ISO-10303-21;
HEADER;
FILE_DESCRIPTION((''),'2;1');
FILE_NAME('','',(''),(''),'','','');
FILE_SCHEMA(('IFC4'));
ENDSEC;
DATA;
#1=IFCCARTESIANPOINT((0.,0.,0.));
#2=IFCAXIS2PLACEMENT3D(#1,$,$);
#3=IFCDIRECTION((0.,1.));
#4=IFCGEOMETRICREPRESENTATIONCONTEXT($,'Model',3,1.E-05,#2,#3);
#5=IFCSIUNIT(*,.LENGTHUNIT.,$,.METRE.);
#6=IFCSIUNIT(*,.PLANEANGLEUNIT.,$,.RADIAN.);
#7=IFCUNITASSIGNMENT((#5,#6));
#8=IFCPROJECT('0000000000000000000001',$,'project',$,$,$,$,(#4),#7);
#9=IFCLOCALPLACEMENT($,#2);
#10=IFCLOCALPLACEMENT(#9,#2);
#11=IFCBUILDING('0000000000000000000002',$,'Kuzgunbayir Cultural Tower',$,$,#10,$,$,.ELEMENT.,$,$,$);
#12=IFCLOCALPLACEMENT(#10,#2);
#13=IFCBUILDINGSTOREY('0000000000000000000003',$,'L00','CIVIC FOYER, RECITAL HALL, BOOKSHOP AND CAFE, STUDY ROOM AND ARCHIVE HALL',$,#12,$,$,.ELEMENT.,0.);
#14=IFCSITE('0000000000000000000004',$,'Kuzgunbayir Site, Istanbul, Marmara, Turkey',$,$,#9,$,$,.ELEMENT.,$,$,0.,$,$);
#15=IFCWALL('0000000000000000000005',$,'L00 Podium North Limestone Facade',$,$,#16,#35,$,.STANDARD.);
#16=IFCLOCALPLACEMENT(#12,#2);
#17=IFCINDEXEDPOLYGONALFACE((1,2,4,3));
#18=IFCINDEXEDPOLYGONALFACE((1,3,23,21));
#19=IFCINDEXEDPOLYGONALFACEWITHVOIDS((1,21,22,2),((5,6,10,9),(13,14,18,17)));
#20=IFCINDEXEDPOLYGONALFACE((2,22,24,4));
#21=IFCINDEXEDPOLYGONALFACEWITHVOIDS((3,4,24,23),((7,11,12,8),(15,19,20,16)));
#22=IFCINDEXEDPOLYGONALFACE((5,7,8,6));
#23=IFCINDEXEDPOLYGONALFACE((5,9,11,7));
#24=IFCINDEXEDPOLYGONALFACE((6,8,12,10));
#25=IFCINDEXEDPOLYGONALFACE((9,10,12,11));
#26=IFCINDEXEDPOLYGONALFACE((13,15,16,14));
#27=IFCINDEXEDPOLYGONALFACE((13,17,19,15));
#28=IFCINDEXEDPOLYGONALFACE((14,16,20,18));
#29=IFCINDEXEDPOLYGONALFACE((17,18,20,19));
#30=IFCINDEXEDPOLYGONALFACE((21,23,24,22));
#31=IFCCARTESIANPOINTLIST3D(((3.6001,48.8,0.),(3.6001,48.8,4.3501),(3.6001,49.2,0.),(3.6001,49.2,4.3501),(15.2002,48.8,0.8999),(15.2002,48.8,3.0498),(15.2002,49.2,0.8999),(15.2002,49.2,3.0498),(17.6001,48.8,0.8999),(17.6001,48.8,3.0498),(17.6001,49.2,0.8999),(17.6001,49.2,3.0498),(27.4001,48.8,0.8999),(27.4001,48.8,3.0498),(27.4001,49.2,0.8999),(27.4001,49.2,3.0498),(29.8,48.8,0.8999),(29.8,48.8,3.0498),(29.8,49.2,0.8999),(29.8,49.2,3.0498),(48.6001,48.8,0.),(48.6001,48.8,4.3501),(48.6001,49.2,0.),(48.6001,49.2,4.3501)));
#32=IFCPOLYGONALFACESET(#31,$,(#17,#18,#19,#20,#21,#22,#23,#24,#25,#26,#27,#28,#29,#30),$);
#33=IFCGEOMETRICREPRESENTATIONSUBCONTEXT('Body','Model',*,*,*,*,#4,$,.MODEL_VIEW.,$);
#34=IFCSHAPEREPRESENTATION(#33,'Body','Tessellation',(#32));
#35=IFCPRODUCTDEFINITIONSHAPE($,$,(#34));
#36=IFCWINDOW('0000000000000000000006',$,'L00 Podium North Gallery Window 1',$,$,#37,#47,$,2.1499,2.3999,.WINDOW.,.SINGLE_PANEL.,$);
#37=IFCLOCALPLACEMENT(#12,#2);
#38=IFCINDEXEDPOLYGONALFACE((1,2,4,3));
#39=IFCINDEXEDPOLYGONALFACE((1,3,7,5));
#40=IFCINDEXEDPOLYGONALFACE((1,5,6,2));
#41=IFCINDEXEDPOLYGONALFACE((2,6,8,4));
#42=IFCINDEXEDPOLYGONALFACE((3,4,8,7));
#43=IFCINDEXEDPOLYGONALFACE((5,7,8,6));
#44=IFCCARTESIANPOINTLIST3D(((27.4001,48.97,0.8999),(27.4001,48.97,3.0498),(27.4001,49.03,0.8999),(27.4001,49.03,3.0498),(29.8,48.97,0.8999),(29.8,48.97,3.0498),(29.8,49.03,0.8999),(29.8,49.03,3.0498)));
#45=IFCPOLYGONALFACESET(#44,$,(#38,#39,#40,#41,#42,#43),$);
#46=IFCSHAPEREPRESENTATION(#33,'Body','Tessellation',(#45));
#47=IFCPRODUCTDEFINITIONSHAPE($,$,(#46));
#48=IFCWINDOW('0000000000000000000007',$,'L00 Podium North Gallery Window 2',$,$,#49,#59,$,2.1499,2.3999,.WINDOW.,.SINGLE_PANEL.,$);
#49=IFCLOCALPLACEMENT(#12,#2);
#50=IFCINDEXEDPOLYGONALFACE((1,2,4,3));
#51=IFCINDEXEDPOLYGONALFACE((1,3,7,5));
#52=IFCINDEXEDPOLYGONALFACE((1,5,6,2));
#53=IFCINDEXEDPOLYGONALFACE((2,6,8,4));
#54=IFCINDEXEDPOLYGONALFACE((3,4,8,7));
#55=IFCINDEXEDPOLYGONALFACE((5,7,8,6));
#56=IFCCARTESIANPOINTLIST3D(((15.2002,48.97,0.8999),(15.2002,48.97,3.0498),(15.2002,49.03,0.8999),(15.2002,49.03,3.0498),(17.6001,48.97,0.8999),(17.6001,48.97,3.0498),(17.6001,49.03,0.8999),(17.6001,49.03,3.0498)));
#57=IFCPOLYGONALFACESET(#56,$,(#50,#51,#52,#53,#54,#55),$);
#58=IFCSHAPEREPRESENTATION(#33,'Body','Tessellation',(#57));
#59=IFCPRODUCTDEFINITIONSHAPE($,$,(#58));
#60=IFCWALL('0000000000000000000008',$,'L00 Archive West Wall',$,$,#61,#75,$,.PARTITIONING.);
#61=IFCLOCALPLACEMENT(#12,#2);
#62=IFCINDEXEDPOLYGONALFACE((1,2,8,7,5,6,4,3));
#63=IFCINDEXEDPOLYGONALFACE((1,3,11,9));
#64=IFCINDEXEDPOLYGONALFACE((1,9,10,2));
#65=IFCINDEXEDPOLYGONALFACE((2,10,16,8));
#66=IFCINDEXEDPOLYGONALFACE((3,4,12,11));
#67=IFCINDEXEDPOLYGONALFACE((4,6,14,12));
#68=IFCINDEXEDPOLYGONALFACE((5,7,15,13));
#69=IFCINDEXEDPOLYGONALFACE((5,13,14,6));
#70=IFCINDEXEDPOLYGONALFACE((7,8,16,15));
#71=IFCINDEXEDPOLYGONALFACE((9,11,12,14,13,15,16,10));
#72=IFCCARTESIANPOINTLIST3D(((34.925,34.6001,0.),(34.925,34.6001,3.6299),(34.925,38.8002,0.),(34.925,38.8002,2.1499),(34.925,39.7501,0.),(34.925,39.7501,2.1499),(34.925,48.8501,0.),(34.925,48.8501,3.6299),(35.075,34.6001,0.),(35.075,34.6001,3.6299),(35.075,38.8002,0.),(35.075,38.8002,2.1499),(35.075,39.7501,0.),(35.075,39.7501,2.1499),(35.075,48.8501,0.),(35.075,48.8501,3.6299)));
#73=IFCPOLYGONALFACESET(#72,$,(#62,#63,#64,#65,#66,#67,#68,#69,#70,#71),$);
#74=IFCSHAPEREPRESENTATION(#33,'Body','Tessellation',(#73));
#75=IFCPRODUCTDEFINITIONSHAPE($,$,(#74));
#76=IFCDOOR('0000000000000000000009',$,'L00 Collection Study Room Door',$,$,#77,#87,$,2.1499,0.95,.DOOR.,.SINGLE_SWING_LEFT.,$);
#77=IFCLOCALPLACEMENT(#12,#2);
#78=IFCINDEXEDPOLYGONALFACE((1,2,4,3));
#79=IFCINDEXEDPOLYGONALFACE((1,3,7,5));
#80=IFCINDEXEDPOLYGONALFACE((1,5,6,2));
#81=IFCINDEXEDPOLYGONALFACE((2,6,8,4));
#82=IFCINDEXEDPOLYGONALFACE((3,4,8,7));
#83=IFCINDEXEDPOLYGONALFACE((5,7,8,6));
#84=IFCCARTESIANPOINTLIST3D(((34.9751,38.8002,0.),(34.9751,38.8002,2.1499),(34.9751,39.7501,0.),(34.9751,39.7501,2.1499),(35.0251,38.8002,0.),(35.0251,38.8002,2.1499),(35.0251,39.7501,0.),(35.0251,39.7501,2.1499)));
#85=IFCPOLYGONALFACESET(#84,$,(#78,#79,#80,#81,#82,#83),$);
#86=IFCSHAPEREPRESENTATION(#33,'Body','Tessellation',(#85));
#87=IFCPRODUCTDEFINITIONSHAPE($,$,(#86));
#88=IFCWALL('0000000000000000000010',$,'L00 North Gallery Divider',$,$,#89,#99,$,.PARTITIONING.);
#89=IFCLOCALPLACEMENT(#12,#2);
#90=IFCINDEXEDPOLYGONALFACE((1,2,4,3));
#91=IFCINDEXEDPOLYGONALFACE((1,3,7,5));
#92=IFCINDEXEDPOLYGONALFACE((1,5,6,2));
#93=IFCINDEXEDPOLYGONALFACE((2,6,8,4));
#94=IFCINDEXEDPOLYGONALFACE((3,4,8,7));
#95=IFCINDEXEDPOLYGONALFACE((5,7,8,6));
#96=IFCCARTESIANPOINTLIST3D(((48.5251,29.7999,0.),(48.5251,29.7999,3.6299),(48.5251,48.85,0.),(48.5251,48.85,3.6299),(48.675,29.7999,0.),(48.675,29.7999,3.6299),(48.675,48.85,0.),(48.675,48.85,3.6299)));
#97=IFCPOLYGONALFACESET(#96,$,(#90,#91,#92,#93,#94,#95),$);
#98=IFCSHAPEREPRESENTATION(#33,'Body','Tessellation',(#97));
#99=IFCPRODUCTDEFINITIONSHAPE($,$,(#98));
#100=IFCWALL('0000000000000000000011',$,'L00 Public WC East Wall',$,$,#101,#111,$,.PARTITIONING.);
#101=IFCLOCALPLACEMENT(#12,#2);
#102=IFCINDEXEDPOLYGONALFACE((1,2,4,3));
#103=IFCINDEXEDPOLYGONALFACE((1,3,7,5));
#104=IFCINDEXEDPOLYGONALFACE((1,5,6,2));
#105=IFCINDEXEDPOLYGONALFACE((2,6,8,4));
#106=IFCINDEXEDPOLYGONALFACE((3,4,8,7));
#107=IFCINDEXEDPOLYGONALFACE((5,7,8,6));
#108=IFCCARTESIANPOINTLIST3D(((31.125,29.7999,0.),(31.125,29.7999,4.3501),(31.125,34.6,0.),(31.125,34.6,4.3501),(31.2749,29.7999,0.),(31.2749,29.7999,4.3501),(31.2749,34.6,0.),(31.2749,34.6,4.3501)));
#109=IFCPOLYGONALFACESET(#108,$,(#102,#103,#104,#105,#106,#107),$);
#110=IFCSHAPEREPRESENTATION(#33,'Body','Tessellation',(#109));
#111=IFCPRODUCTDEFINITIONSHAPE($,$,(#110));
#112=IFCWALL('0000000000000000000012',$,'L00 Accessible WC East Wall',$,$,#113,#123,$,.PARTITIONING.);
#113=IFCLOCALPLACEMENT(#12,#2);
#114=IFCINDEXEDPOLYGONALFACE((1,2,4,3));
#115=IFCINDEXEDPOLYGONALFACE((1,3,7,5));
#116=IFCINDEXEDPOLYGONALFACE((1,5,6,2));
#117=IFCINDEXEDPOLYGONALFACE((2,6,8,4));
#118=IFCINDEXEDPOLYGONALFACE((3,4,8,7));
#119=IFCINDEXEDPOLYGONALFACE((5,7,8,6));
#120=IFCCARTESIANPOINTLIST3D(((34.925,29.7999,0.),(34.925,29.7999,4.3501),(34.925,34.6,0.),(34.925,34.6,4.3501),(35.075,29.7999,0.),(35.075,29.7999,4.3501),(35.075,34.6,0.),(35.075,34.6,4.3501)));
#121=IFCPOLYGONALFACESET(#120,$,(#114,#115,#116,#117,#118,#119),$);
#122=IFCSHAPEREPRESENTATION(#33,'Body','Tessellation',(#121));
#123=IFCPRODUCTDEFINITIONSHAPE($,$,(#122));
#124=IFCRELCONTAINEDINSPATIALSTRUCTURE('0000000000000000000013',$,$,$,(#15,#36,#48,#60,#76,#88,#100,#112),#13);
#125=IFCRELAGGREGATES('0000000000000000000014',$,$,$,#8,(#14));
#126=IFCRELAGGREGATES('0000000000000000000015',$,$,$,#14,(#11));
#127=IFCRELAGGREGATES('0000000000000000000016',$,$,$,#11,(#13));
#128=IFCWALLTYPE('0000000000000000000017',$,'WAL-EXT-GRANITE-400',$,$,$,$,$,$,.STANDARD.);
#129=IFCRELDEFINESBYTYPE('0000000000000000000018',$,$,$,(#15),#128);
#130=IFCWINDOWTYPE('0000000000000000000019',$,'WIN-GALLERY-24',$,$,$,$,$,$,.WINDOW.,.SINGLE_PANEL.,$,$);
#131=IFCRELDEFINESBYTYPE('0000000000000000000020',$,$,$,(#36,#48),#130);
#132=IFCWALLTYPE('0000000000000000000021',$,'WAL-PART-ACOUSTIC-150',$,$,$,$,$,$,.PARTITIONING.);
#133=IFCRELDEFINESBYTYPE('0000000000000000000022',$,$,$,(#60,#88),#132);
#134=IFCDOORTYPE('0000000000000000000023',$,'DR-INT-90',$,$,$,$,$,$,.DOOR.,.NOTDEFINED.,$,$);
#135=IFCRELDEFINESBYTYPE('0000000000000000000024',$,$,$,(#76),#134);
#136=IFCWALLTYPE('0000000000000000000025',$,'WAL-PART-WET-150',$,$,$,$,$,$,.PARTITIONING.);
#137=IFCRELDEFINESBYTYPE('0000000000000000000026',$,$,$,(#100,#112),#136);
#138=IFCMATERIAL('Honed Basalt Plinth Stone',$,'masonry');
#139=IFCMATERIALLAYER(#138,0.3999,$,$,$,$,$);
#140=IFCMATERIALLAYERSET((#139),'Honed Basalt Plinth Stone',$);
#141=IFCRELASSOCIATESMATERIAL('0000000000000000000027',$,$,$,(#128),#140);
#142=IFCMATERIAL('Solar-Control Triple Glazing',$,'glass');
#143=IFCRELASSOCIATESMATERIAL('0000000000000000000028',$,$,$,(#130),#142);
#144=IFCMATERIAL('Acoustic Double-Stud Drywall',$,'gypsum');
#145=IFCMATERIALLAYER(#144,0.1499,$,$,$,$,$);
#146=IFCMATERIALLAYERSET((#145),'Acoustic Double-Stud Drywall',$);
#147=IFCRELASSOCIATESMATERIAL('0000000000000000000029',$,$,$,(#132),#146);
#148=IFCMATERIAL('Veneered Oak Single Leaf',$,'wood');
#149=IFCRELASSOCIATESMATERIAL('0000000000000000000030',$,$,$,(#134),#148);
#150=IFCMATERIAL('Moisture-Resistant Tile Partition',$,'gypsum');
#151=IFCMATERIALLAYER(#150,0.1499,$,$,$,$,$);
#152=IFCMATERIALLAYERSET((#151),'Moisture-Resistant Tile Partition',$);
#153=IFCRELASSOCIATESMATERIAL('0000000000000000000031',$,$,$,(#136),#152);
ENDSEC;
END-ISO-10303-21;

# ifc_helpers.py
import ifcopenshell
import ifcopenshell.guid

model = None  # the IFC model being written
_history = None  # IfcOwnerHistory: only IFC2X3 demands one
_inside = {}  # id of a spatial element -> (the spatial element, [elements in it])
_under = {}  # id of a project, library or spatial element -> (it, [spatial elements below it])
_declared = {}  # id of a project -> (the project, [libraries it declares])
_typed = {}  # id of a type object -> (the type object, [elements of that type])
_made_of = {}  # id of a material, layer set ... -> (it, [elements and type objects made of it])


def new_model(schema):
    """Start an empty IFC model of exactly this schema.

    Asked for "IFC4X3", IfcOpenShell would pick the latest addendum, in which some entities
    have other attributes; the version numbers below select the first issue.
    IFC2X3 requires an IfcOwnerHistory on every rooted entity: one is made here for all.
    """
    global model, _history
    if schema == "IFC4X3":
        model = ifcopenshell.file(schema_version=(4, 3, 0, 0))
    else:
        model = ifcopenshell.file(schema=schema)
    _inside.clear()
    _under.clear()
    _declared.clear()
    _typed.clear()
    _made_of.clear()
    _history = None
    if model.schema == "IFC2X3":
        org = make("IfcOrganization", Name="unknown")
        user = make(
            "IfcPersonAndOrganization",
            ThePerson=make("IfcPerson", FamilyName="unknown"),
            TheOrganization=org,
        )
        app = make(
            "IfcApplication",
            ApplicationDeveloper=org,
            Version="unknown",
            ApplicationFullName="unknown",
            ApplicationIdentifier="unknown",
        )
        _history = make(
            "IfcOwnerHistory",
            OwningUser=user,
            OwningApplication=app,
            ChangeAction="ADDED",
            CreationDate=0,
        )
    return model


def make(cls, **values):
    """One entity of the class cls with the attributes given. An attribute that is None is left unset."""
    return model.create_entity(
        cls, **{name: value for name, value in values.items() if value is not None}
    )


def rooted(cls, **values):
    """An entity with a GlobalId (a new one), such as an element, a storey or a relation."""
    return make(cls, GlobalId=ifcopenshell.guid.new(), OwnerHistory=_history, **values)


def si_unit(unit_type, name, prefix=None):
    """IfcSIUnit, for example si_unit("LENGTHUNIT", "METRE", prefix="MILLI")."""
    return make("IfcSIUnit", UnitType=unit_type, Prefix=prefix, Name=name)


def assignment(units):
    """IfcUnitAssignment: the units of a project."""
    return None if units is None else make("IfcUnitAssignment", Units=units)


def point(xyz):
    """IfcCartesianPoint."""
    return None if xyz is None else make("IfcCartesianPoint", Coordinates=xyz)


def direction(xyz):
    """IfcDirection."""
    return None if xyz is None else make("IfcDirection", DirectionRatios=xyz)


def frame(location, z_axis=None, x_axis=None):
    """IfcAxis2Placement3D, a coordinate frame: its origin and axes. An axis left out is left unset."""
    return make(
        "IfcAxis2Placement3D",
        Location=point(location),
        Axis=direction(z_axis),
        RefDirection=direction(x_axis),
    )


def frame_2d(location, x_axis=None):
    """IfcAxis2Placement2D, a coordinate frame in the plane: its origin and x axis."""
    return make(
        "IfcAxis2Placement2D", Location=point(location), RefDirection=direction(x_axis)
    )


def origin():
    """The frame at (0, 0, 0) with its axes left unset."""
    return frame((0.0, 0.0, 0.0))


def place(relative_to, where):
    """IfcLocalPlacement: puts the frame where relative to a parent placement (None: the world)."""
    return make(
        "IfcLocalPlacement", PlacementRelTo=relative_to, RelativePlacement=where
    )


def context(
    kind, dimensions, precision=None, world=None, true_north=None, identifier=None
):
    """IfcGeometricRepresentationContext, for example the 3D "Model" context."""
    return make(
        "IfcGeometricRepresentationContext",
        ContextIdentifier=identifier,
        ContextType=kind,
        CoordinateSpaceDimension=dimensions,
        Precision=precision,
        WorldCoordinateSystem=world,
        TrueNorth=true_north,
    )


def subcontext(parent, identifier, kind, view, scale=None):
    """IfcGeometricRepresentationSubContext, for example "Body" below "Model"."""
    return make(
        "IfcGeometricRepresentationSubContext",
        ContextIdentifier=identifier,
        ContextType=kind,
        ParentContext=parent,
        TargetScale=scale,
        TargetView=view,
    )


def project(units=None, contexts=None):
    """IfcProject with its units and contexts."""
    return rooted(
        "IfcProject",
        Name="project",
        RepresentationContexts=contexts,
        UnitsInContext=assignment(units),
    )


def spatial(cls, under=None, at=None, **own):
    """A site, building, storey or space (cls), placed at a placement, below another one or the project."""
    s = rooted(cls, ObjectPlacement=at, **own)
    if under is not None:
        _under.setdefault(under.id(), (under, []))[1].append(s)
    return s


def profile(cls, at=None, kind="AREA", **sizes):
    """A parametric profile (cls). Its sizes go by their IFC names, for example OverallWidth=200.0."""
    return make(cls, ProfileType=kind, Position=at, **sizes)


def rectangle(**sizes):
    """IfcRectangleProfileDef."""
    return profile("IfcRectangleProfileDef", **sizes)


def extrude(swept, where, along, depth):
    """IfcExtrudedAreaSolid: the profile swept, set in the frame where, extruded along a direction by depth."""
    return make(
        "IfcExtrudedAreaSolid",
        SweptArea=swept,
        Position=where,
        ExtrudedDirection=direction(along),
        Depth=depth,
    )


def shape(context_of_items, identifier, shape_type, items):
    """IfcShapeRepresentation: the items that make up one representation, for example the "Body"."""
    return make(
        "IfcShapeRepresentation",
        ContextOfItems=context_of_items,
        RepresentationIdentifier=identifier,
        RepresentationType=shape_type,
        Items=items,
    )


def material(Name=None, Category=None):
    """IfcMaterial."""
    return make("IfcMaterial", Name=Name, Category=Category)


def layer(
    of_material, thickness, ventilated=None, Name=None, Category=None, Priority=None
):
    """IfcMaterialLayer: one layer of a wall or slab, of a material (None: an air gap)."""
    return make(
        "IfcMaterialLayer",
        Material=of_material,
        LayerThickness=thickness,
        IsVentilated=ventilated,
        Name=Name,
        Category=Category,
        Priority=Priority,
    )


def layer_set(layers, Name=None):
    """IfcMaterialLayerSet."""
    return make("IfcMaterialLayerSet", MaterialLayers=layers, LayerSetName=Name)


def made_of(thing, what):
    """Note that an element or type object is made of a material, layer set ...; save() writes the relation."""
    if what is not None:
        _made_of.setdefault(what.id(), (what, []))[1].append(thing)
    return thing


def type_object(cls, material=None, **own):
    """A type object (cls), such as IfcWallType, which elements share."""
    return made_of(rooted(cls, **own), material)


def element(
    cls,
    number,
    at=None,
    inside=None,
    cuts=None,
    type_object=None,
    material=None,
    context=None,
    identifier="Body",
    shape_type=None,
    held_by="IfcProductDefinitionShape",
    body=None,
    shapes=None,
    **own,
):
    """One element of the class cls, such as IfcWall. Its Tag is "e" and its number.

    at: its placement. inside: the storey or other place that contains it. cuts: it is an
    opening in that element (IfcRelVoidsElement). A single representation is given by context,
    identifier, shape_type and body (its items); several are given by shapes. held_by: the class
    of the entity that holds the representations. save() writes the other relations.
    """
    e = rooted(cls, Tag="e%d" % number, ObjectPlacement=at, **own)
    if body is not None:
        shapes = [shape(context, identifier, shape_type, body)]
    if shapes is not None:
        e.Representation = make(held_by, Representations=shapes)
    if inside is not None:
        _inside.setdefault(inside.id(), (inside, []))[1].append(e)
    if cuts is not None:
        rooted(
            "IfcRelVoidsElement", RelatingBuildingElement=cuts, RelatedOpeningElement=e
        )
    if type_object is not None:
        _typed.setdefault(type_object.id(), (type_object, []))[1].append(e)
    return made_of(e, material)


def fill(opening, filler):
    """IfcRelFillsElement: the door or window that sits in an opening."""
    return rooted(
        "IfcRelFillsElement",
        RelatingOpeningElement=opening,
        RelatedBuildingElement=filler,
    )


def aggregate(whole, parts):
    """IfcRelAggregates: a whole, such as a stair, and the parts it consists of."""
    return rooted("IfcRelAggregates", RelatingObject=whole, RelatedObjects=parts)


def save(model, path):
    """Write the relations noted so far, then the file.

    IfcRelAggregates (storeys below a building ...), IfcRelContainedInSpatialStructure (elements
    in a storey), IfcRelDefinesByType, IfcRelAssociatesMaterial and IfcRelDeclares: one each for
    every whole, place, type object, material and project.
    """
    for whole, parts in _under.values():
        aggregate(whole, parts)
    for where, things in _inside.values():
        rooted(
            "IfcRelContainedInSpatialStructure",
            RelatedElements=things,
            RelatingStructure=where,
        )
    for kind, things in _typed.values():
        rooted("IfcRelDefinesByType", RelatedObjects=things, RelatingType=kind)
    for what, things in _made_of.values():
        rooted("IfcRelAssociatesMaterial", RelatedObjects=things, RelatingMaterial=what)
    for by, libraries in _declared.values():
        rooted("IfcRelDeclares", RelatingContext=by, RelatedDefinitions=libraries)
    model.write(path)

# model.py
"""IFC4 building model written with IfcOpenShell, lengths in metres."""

from ifc_helpers import new_model, si_unit, direction, frame, frame_2d, origin, place, context, subcontext, project, spatial, rectangle, extrude, material, layer, layer_set, type_object, element, fill, save


model = new_model("IFC4")

# Units and contexts
model_context = context("Model", 3, precision=1e-05, world=origin(), true_north=direction((0.0, 1.0)))
body_context = subcontext(model_context, "Body", "Model", "MODEL_VIEW")
ifc_project = project(units=[si_unit("LENGTHUNIT", "METRE"), si_unit("PLANEANGLEUNIT", "RADIAN")], contexts=[model_context])

# Site, building, storey
site_placement = place(None, origin())
site = spatial("IfcSite", under=ifc_project, at=site_placement, Name="Kuzgunbayir Site, Istanbul, Marmara, Turkey", CompositionType="ELEMENT", RefElevation=0.0)
building_placement = place(site_placement, origin())
building = spatial("IfcBuilding", under=site, at=building_placement, Name="Kuzgunbayir Cultural Tower", CompositionType="ELEMENT")
storey_placement = place(building_placement, origin())
storey = spatial("IfcBuildingStorey", under=building, at=storey_placement, Name="L00", Description="CIVIC FOYER, RECITAL HALL, BOOKSHOP AND CAFE, STUDY ROOM AND ARCHIVE HALL", CompositionType="ELEMENT", Elevation=0.0)

# Wall, openings, windows
ifc_material_1 = material(Name="Honed Basalt Plinth Stone", Category="masonry")
ifc_layer_1 = layer(ifc_material_1, 0.3999)
ifc_layer_set_1 = layer_set([ifc_layer_1], Name="Honed Basalt Plinth Stone")
wall_type_1 = type_object("IfcWallType", Name="WAL-EXT-GRANITE-400", PredefinedType="STANDARD", material=ifc_layer_set_1)
wall_1_placement = place(storey_placement, frame((48.6001, 49.0, 0.0), z_axis=(0.0, 0.0, 1.0), x_axis=(-1.0, 0.0, 0.0)))
wall_1 = element("IfcWall", 1, at=wall_1_placement, inside=storey, type_object=wall_type_1, Name="L00 Podium North Limestone Facade", PredefinedType="STANDARD", context=body_context, shape_type="SweptSolid", body=[
    extrude(rectangle(XDim=45.0, YDim=0.3999, at=frame_2d((22.5, 0.0))), origin(), (0.0, 0.0, 1.0), 4.3501),
])
opening_1_placement = place(wall_1_placement, frame((18.8, 0.0, 0.8999)))
opening_1 = element("IfcOpeningElement", 2, at=opening_1_placement, cuts=wall_1, PredefinedType="OPENING", context=body_context, shape_type="SweptSolid", body=[
    extrude(rectangle(XDim=2.3999, YDim=2.1499, at=frame_2d((1.2, 1.075))), frame((0.0, 0.21, 0.0), z_axis=(0.0, -1.0, 0.0), x_axis=(1.0, 0.0, 0.0)), (0.0, 0.0, 1.0), 0.4199),
])
opening_2_placement = place(wall_1_placement, frame((31.0, 0.0, 0.8999)))
opening_2 = element("IfcOpeningElement", 3, at=opening_2_placement, cuts=wall_1, PredefinedType="OPENING", context=body_context, shape_type="SweptSolid", body=[
    extrude(rectangle(XDim=2.3999, YDim=2.1499, at=frame_2d((1.2, 1.075))), frame((0.0, 0.21, 0.0), z_axis=(0.0, -1.0, 0.0), x_axis=(1.0, 0.0, 0.0)), (0.0, 0.0, 1.0), 0.4199),
])
ifc_material_2 = material(Name="Solar-Control Triple Glazing", Category="glass")
window_type = type_object("IfcWindowType", Name="WIN-GALLERY-24", PartitioningType="SINGLE_PANEL", PredefinedType="WINDOW", material=ifc_material_2)
window_1_placement = place(opening_1_placement, origin())
window_1 = element("IfcWindow", 4, at=window_1_placement, inside=storey, type_object=window_type, Name="L00 Podium North Gallery Window 1", OverallHeight=2.1499, OverallWidth=2.3999, PartitioningType="SINGLE_PANEL", PredefinedType="WINDOW", context=body_context, shape_type="SweptSolid", body=[
    extrude(rectangle(XDim=2.3999, YDim=2.1499, at=frame_2d((1.2, 1.075))), frame((0.0, 0.03, 0.0), z_axis=(0.0, -1.0, 0.0), x_axis=(1.0, 0.0, 0.0)), (0.0, 0.0, 1.0), 0.0601),
])
fill(opening_1, window_1)
window_2_placement = place(opening_2_placement, origin())
window_2 = element("IfcWindow", 5, at=window_2_placement, inside=storey, type_object=window_type, Name="L00 Podium North Gallery Window 2", OverallHeight=2.1499, OverallWidth=2.3999, PartitioningType="SINGLE_PANEL", PredefinedType="WINDOW", context=body_context, shape_type="SweptSolid", body=[
    extrude(rectangle(XDim=2.3999, YDim=2.1499, at=frame_2d((1.2, 1.075))), frame((0.0, 0.03, 0.0), z_axis=(0.0, -1.0, 0.0), x_axis=(1.0, 0.0, 0.0)), (0.0, 0.0, 1.0), 0.0601),
])
fill(opening_2, window_2)

# Wall, opening, door
ifc_material_3 = material(Name="Acoustic Double-Stud Drywall", Category="gypsum")
ifc_layer_2 = layer(ifc_material_3, 0.1499)
ifc_layer_set_2 = layer_set([ifc_layer_2], Name="Acoustic Double-Stud Drywall")
wall_type_2 = type_object("IfcWallType", Name="WAL-PART-ACOUSTIC-150", PredefinedType="PARTITIONING", material=ifc_layer_set_2)
wall_2_placement = place(storey_placement, frame((35.0, 34.6001, 0.0), z_axis=(0.0, 0.0, 1.0), x_axis=(0.0, 1.0, 0.0)))
wall_2 = element("IfcWall", 6, at=wall_2_placement, inside=storey, type_object=wall_type_2, Name="L00 Archive West Wall", PredefinedType="PARTITIONING", context=body_context, shape_type="SweptSolid", body=[
    extrude(rectangle(XDim=14.25, YDim=0.1499, at=frame_2d((7.125, 0.0))), origin(), (0.0, 0.0, 1.0), 3.6299),
])
opening_3_placement = place(wall_2_placement, frame((4.2, 0.0, 0.0)))
opening_3 = element("IfcOpeningElement", 7, at=opening_3_placement, cuts=wall_2, PredefinedType="OPENING", context=body_context, shape_type="SweptSolid", body=[
    extrude(rectangle(XDim=0.95, YDim=2.1499, at=frame_2d((0.4751, 1.075))), frame((0.0, 0.085, 0.0), z_axis=(0.0, -1.0, 0.0), x_axis=(1.0, 0.0, 0.0)), (0.0, 0.0, 1.0), 0.1699),
])
ifc_material_4 = material(Name="Veneered Oak Single Leaf", Category="wood")
door_type = type_object("IfcDoorType", Name="DR-INT-90", OperationType="NOTDEFINED", PredefinedType="DOOR", material=ifc_material_4)
door_placement = place(opening_3_placement, origin())
door = element("IfcDoor", 8, at=door_placement, inside=storey, type_object=door_type, Name="L00 Collection Study Room Door", OperationType="SINGLE_SWING_LEFT", OverallHeight=2.1499, OverallWidth=0.95, PredefinedType="DOOR", context=body_context, shape_type="SweptSolid", body=[
    extrude(rectangle(XDim=0.95, YDim=2.1499, at=frame_2d((0.4751, 1.075))), frame((0.0, 0.0249, 0.0), z_axis=(0.0, -1.0, 0.0), x_axis=(1.0, 0.0, 0.0)), (0.0, 0.0, 1.0), 0.05),
])
fill(opening_3, door)

# Walls
wall_3_placement = place(storey_placement, frame((48.6001, 29.8, 0.0), z_axis=(0.0, 0.0, 1.0), x_axis=(0.0, 1.0, 0.0)))
element("IfcWall", 9, at=wall_3_placement, inside=storey, type_object=wall_type_2, Name="L00 North Gallery Divider", PredefinedType="PARTITIONING", context=body_context, shape_type="SweptSolid", body=[
    extrude(rectangle(XDim=19.05, YDim=0.1499, at=frame_2d((9.5249, 0.0))), origin(), (0.0, 0.0, 1.0), 3.6299),
])
ifc_material_5 = material(Name="Moisture-Resistant Tile Partition", Category="gypsum")
ifc_layer_3 = layer(ifc_material_5, 0.1499)
ifc_layer_set_3 = layer_set([ifc_layer_3], Name="Moisture-Resistant Tile Partition")
wall_type_3 = type_object("IfcWallType", Name="WAL-PART-WET-150", PredefinedType="PARTITIONING", material=ifc_layer_set_3)
for number, where, z_axis, x_axis, name in (
    (10, (31.2, 29.8, 0.0), (0.0, 0.0, 1.0), (0.0, 1.0, 0.0), "L00 Public WC East Wall"),
    (11, (35.0, 29.8, 0.0), (0.0, 0.0, 1.0), (0.0, 1.0, 0.0), "L00 Accessible WC East Wall"),
):
    element("IfcWall", number, at=place(storey_placement, frame(where, z_axis=z_axis, x_axis=x_axis)), inside=storey, type_object=wall_type_3, Name=name, PredefinedType="PARTITIONING", context=body_context, shape_type="SweptSolid", body=[
        extrude(rectangle(XDim=4.8, YDim=0.1499, at=frame_2d((2.3999, 0.0))), origin(), (0.0, 0.0, 1.0), 4.3501),
    ])

save(model, "model.ifc")
